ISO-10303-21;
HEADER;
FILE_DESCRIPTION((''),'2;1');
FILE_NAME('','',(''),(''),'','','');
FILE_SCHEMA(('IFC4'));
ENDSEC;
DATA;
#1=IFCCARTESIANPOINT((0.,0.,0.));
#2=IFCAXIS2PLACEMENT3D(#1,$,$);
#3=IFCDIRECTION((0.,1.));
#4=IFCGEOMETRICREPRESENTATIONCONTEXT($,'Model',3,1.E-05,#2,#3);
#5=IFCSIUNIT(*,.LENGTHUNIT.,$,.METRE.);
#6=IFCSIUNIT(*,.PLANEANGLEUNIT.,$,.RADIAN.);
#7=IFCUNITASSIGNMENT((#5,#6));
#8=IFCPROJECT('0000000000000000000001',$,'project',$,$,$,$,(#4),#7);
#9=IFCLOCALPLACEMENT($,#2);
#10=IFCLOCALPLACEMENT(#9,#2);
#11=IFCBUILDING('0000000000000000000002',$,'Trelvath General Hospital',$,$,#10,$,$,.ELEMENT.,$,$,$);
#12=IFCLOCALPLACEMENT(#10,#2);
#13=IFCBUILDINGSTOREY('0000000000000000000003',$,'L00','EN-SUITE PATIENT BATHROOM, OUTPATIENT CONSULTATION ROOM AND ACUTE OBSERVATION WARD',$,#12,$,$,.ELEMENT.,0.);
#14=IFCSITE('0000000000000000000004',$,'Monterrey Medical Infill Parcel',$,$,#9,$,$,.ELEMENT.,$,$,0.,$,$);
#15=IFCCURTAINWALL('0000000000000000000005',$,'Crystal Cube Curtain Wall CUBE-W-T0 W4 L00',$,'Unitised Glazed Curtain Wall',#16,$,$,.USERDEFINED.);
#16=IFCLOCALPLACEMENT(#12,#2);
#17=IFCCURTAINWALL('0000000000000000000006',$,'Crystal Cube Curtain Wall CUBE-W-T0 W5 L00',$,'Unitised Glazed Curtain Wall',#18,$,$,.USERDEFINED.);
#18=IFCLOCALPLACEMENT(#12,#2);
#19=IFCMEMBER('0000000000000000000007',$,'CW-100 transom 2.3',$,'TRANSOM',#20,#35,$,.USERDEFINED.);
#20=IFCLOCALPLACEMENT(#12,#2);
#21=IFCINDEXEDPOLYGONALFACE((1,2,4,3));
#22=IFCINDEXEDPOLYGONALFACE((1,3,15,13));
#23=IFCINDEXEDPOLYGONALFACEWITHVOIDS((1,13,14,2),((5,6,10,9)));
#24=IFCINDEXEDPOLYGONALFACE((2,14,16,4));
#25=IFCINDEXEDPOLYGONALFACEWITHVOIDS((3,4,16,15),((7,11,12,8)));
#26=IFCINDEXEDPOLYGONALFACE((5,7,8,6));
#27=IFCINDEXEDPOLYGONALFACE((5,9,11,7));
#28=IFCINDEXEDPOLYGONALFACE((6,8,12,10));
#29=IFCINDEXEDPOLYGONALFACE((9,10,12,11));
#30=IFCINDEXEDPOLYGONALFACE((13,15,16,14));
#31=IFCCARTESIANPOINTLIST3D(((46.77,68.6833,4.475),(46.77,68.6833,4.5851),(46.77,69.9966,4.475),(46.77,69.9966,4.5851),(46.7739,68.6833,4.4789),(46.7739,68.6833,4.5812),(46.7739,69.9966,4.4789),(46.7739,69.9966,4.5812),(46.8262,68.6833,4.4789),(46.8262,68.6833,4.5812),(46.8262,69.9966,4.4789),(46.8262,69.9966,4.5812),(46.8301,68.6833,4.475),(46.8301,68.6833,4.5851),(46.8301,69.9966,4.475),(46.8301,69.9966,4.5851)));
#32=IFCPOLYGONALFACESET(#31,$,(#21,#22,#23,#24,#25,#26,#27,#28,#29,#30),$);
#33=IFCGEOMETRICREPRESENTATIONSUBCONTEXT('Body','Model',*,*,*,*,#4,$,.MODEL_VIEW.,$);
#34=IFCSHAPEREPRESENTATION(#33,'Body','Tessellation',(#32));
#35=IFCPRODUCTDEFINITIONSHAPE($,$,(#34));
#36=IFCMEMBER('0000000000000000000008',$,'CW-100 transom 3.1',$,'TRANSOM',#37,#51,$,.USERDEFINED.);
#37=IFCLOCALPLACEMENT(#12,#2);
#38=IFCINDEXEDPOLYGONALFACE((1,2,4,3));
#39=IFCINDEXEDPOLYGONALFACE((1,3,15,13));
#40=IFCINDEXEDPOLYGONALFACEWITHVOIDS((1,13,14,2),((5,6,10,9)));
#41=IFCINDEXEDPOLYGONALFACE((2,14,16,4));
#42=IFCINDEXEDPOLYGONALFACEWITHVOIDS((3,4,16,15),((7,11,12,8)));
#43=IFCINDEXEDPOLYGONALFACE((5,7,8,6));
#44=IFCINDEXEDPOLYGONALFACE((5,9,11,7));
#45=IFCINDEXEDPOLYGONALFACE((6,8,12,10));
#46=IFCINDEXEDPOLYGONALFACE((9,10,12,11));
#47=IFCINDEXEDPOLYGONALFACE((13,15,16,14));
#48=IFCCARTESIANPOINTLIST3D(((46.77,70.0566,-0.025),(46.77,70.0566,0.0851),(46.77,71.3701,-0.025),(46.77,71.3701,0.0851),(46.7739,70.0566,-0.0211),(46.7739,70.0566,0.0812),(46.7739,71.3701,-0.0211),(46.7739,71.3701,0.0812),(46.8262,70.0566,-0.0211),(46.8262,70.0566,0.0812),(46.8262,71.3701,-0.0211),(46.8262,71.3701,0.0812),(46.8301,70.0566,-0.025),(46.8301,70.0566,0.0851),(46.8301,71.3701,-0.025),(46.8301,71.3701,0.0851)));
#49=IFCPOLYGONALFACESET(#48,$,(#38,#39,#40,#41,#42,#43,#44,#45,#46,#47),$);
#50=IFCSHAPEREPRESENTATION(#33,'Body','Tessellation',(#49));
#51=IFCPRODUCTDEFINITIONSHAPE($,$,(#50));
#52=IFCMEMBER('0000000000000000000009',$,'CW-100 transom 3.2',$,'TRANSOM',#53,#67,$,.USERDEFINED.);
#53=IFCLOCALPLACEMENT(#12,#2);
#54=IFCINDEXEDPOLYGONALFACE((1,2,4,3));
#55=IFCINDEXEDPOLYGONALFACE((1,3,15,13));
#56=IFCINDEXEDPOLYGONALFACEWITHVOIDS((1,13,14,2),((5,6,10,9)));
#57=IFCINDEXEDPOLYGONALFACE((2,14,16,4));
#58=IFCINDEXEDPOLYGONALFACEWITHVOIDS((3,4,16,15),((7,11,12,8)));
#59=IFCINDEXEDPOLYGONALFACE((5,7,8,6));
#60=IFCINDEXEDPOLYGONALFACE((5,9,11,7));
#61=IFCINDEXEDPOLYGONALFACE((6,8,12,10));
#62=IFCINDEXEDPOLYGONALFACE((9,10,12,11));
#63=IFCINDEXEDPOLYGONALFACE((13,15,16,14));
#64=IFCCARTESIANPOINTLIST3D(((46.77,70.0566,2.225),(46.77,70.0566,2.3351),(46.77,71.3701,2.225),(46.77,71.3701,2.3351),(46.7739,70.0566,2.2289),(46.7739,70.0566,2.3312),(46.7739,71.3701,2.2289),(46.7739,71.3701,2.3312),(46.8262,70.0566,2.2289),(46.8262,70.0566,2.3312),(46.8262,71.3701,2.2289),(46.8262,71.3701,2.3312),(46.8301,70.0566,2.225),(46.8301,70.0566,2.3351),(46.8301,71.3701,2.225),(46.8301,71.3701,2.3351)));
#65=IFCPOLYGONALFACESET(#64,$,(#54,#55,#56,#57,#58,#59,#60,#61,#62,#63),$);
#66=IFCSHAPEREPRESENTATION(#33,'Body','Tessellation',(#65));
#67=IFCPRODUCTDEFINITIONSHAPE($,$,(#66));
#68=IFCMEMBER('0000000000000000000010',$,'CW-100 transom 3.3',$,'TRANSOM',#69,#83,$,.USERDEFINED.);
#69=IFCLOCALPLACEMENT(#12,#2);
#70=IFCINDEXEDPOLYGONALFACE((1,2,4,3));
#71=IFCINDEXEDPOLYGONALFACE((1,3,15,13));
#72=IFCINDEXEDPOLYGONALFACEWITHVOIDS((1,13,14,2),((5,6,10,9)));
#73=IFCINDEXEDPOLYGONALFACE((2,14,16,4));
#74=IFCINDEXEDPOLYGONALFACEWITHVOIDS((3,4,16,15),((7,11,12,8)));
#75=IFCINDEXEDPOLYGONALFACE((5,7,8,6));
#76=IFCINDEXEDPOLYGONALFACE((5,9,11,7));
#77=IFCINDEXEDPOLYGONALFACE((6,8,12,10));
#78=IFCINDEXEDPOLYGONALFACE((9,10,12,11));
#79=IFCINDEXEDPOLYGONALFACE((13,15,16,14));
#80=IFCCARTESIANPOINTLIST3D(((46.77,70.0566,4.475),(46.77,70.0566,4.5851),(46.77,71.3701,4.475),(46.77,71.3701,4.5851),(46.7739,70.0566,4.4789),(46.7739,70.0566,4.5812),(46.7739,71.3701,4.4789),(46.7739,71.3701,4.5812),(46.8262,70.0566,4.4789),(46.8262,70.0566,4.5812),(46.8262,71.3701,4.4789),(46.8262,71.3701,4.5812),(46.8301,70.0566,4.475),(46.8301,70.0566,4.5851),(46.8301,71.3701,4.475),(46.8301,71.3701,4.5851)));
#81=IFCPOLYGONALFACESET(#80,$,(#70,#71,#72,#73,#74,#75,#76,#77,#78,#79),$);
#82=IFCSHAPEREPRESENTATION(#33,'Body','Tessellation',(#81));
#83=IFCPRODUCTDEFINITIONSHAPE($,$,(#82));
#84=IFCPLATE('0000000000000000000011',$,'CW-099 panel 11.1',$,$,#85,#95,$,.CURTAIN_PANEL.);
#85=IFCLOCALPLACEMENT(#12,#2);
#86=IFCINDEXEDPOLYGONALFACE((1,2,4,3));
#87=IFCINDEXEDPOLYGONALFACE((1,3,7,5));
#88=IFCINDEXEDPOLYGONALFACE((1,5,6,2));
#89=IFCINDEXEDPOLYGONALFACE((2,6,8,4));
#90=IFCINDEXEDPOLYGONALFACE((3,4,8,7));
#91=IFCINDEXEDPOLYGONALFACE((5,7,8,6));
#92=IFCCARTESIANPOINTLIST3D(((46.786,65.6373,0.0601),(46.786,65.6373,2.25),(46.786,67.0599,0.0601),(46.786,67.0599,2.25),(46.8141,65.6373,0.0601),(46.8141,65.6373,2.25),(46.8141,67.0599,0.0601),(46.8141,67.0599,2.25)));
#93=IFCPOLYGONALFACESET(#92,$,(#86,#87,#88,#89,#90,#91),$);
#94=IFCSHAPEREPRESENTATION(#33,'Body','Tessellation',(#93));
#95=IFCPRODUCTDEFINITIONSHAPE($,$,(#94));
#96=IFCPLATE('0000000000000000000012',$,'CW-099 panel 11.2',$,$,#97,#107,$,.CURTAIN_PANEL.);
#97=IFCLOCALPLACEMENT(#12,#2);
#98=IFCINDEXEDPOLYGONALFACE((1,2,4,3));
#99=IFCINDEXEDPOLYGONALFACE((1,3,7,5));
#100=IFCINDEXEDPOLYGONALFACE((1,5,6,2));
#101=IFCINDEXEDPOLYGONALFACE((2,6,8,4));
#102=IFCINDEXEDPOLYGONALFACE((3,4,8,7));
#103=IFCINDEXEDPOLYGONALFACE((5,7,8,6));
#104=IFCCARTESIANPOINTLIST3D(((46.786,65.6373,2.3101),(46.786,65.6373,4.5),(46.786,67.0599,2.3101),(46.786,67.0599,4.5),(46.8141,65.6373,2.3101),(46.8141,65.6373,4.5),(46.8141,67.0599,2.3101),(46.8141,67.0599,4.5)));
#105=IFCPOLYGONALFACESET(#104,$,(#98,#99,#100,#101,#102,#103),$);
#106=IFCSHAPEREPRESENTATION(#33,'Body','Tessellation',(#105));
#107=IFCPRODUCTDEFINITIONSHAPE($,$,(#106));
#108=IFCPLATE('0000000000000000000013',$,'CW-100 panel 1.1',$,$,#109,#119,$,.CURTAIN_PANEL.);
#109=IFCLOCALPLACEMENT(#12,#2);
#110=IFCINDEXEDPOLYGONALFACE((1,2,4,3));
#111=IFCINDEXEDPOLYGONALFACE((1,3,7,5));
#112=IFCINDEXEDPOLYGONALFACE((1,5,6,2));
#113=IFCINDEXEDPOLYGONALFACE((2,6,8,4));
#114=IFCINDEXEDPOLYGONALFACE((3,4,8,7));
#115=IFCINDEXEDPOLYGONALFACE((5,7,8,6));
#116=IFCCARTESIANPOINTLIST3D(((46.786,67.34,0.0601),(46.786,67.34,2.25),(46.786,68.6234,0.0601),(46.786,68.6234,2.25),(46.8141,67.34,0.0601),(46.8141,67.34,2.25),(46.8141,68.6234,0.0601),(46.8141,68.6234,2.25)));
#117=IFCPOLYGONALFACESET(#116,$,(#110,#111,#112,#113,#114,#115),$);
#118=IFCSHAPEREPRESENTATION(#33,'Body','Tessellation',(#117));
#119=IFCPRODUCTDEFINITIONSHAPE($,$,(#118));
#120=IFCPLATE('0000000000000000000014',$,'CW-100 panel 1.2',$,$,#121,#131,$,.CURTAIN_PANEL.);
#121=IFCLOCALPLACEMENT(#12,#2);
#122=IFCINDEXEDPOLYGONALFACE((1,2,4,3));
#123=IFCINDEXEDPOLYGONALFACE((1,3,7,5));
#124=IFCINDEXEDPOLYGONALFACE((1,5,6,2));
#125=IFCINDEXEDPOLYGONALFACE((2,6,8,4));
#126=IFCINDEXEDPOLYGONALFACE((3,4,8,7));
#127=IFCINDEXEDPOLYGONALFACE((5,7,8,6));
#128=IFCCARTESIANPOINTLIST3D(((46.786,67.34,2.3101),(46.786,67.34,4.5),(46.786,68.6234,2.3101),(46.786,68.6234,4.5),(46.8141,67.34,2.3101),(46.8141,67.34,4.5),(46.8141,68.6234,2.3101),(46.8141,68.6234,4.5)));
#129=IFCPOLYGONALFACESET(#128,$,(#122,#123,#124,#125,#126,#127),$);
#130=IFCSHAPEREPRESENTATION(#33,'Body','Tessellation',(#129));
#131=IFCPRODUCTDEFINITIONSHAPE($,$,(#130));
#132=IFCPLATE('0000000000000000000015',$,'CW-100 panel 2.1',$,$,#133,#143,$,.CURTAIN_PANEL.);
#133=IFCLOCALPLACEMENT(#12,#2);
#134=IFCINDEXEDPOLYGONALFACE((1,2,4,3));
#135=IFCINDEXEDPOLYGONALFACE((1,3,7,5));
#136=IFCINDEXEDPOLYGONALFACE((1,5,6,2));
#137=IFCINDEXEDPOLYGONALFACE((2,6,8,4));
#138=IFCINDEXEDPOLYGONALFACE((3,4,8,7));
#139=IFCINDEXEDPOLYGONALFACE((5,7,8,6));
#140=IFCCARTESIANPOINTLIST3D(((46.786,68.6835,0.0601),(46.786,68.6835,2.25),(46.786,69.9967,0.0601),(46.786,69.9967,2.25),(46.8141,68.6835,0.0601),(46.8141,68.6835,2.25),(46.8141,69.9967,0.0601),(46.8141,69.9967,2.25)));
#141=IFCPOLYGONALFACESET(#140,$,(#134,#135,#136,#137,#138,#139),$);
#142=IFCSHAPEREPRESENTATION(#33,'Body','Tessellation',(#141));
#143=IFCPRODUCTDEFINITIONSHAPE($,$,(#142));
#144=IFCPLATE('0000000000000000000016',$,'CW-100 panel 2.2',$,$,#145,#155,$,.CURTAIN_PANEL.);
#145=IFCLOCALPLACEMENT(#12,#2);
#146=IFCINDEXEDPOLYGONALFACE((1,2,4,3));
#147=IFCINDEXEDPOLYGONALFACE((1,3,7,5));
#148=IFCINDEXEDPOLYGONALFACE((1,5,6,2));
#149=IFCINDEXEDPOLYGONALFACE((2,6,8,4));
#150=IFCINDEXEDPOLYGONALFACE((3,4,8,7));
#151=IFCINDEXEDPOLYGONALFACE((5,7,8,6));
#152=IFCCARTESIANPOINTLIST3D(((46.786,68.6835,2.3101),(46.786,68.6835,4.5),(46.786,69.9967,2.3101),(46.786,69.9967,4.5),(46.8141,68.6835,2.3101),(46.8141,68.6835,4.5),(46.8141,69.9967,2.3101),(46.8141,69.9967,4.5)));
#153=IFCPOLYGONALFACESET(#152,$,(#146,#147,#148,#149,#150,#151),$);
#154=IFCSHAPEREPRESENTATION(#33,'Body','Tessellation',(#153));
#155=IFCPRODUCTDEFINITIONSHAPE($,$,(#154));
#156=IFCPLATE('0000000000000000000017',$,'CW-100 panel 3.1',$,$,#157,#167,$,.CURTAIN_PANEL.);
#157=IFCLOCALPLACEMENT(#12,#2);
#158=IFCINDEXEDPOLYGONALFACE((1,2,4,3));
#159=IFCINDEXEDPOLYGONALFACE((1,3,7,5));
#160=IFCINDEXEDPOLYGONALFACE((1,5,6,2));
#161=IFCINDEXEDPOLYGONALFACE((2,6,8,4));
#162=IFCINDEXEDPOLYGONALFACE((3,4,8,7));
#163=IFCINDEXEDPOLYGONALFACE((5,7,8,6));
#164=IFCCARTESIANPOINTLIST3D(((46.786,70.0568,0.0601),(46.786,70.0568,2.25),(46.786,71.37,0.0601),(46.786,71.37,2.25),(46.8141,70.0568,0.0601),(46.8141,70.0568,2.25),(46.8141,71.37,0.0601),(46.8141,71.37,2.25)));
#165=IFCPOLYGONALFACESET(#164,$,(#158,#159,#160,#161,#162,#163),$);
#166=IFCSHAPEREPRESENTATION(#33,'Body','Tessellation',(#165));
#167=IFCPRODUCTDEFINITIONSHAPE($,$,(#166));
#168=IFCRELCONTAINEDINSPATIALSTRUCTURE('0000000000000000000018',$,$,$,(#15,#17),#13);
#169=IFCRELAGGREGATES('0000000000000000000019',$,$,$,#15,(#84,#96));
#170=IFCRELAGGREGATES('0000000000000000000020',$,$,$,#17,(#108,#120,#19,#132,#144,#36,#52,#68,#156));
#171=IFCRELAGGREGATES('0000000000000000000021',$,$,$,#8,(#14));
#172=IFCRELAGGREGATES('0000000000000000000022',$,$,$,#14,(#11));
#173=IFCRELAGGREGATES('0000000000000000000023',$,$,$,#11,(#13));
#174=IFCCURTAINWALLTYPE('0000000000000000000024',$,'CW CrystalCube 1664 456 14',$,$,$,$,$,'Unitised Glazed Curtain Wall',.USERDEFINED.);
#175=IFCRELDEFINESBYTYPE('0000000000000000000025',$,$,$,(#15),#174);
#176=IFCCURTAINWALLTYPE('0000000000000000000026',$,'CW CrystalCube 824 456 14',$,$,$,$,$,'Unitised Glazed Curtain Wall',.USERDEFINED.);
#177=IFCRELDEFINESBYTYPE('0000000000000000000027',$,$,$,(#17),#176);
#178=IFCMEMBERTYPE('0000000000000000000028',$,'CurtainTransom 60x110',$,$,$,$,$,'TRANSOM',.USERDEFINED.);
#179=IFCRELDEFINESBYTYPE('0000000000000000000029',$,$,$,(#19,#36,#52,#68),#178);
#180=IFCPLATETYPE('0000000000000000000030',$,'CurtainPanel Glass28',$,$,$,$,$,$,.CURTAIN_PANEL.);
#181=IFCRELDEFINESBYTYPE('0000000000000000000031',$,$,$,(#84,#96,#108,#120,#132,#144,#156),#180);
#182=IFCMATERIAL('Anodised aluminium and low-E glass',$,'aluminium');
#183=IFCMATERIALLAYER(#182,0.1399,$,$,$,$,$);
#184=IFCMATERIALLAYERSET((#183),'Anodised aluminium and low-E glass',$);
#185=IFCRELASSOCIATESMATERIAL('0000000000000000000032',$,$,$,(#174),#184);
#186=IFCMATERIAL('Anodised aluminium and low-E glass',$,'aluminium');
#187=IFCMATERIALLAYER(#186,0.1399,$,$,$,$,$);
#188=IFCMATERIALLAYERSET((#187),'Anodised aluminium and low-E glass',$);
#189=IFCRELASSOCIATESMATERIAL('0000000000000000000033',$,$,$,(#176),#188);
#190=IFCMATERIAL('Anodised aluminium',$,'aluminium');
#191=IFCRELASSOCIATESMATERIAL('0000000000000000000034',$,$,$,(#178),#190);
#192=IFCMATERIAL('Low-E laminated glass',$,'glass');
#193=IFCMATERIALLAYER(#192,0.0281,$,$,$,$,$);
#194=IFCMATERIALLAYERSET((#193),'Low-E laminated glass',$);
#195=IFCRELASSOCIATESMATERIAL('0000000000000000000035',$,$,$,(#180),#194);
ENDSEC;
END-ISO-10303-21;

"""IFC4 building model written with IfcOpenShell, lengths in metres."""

from ifc_helpers import new_model, si_unit, direction, frame, origin, origin_2d, place, context, subcontext, project, spatial, rectangle, hollow_rectangle, extrude, material, layer, layer_set, material_profile, profile_set, type_object, element, aggregate, save


model = new_model("IFC4")

# Units and contexts
model_context = context("Model", 3, precision=1e-05, world=origin(), true_north=direction((0.0, 1.0)))
body_context = subcontext(model_context, "Body", "Model", "MODEL_VIEW")
ifc_project = project(units=[si_unit("LENGTHUNIT", "METRE"), si_unit("PLANEANGLEUNIT", "RADIAN")], contexts=[model_context])

# Site, building, storey
site_placement = place(None, origin())
site = spatial("IfcSite", under=ifc_project, at=site_placement, Name="Monterrey Medical Infill Parcel", CompositionType="ELEMENT", RefElevation=0.0)
building_placement = place(site_placement, origin())
building = spatial("IfcBuilding", under=site, at=building_placement, Name="Trelvath General Hospital", CompositionType="ELEMENT")
storey_placement = place(building_placement, origin())
storey = spatial("IfcBuildingStorey", under=building, at=storey_placement, Name="L00", Description="EN-SUITE PATIENT BATHROOM, OUTPATIENT CONSULTATION ROOM AND ACUTE OBSERVATION WARD", CompositionType="ELEMENT", Elevation=0.0)

# Curtain wall
ifc_material_1 = material(Name="Anodised aluminium and low-E glass", Category="aluminium")
ifc_layer_1 = layer(ifc_material_1, 0.1399)
ifc_layer_set_1 = layer_set([ifc_layer_1], Name="Anodised aluminium and low-E glass")
curtain_wall_type_1 = type_object("IfcCurtainWallType", Name="CW CrystalCube 1664 456 14", ElementType="Unitised Glazed Curtain Wall", PredefinedType="USERDEFINED", material=ifc_layer_set_1)
curtain_wall_1_placement = place(storey_placement, origin())
curtain_wall_1 = element("IfcCurtainWall", 1, at=curtain_wall_1_placement, inside=storey, type_object=curtain_wall_type_1, Name="Crystal Cube Curtain Wall CUBE-W-T0 W4 L00", ObjectType="Unitised Glazed Curtain Wall", PredefinedType="USERDEFINED")

# Curtain wall
ifc_material_2 = material(Name="Anodised aluminium and low-E glass", Category="aluminium")
ifc_layer_2 = layer(ifc_material_2, 0.1399)
ifc_layer_set_2 = layer_set([ifc_layer_2], Name="Anodised aluminium and low-E glass")
curtain_wall_type_2 = type_object("IfcCurtainWallType", Name="CW CrystalCube 824 456 14", ElementType="Unitised Glazed Curtain Wall", PredefinedType="USERDEFINED", material=ifc_layer_set_2)
curtain_wall_2_placement = place(storey_placement, origin())
curtain_wall_2 = element("IfcCurtainWall", 2, at=curtain_wall_2_placement, inside=storey, type_object=curtain_wall_type_2, Name="Crystal Cube Curtain Wall CUBE-W-T0 W5 L00", ObjectType="Unitised Glazed Curtain Wall", PredefinedType="USERDEFINED")

# Members
ifc_material_3 = material(Name="Anodised aluminium", Category="aluminium")
ifc_material_profile_1 = material_profile(ifc_material_3, hollow_rectangle(XDim=0.0601, YDim=0.1101, WallThickness=0.0039, at=origin_2d()), Name="RHS60x110x4")
ifc_profile_set_1 = profile_set([ifc_material_profile_1], Name="Anodised aluminium")
member_type_1 = type_object("IfcMemberType", Name="CurtainTransom 60x110", ElementType="TRANSOM", PredefinedType="USERDEFINED", material=ifc_profile_set_1)
member_1_placement = place(storey_placement, frame((46.8, 68.6833, 4.53), z_axis=(0.0, 1.0, 0.0), x_axis=(-1.0, 0.0, 0.0)))
member_1 = element("IfcMember", 3, at=member_1_placement, type_object=member_type_1, Name="CW-100 transom 2.3", ObjectType="TRANSOM", PredefinedType="USERDEFINED", context=body_context, shape_type="SweptSolid", body=[
    extrude(hollow_rectangle(XDim=0.0601, YDim=0.1101, WallThickness=0.0039, at=origin_2d()), origin(), (0.0, 0.0, 1.0), 1.3132),
])
member_2_placement = place(storey_placement, frame((46.8, 70.0566, 0.03), z_axis=(0.0, 1.0, 0.0), x_axis=(-1.0, 0.0, 0.0)))
member_2 = element("IfcMember", 4, at=member_2_placement, type_object=member_type_1, Name="CW-100 transom 3.1", ObjectType="TRANSOM", PredefinedType="USERDEFINED", context=body_context, shape_type="SweptSolid", body=[
    extrude(hollow_rectangle(XDim=0.0601, YDim=0.1101, WallThickness=0.0039, at=origin_2d()), origin(), (0.0, 0.0, 1.0), 1.3135),
])
member_3_placement = place(storey_placement, frame((46.8, 70.0566, 2.28), z_axis=(0.0, 1.0, 0.0), x_axis=(-1.0, 0.0, 0.0)))
member_3 = element("IfcMember", 5, at=member_3_placement, type_object=member_type_1, Name="CW-100 transom 3.2", ObjectType="TRANSOM", PredefinedType="USERDEFINED", context=body_context, shape_type="SweptSolid", body=[
    extrude(hollow_rectangle(XDim=0.0601, YDim=0.1101, WallThickness=0.0039, at=origin_2d()), origin(), (0.0, 0.0, 1.0), 1.3135),
])
member_4_placement = place(storey_placement, frame((46.8, 70.0566, 4.53), z_axis=(0.0, 1.0, 0.0), x_axis=(-1.0, 0.0, 0.0)))
member_4 = element("IfcMember", 6, at=member_4_placement, type_object=member_type_1, Name="CW-100 transom 3.3", ObjectType="TRANSOM", PredefinedType="USERDEFINED", context=body_context, shape_type="SweptSolid", body=[
    extrude(hollow_rectangle(XDim=0.0601, YDim=0.1101, WallThickness=0.0039, at=origin_2d()), origin(), (0.0, 0.0, 1.0), 1.3135),
])

# Plates
ifc_material_4 = material(Name="Low-E laminated glass", Category="glass")
ifc_layer_3 = layer(ifc_material_4, 0.0281)
ifc_layer_set_3 = layer_set([ifc_layer_3], Name="Low-E laminated glass")
plate_type = type_object("IfcPlateType", Name="CurtainPanel Glass28", PredefinedType="CURTAIN_PANEL", material=ifc_layer_set_3)
plate_1_placement = place(storey_placement, frame((46.8, 66.3486, 0.0601), z_axis=(0.0, 0.0, 1.0), x_axis=(0.0, 1.0, 0.0)))
plate_1 = element("IfcPlate", 7, at=plate_1_placement, type_object=plate_type, Name="CW-099 panel 11.1", PredefinedType="CURTAIN_PANEL", context=body_context, shape_type="SweptSolid", body=[
    extrude(rectangle(XDim=1.4226, YDim=0.0281, at=origin_2d()), origin(), (0.0, 0.0, 1.0), 2.1899),
])
plate_2_placement = place(storey_placement, frame((46.8, 66.3486, 2.3101), z_axis=(0.0, 0.0, 1.0), x_axis=(0.0, 1.0, 0.0)))
plate_2 = element("IfcPlate", 8, at=plate_2_placement, type_object=plate_type, Name="CW-099 panel 11.2", PredefinedType="CURTAIN_PANEL", context=body_context, shape_type="SweptSolid", body=[
    extrude(rectangle(XDim=1.4226, YDim=0.0281, at=origin_2d()), origin(), (0.0, 0.0, 1.0), 2.1899),
])
aggregate(curtain_wall_1, [plate_1, plate_2])
plate_3_placement = place(storey_placement, frame((46.8, 67.9817, 0.0601), z_axis=(0.0, 0.0, 1.0), x_axis=(0.0, 1.0, 0.0)))
plate_3 = element("IfcPlate", 9, at=plate_3_placement, type_object=plate_type, Name="CW-100 panel 1.1", PredefinedType="CURTAIN_PANEL", context=body_context, shape_type="SweptSolid", body=[
    extrude(rectangle(XDim=1.2834, YDim=0.0281, at=origin_2d()), origin(), (0.0, 0.0, 1.0), 2.1899),
])
plate_4_placement = place(storey_placement, frame((46.8, 67.9817, 2.3101), z_axis=(0.0, 0.0, 1.0), x_axis=(0.0, 1.0, 0.0)))
plate_4 = element("IfcPlate", 10, at=plate_4_placement, type_object=plate_type, Name="CW-100 panel 1.2", PredefinedType="CURTAIN_PANEL", context=body_context, shape_type="SweptSolid", body=[
    extrude(rectangle(XDim=1.2834, YDim=0.0281, at=origin_2d()), origin(), (0.0, 0.0, 1.0), 2.1899),
])
plate_5_placement = place(storey_placement, frame((46.8, 69.3401, 0.0601), z_axis=(0.0, 0.0, 1.0), x_axis=(0.0, 1.0, 0.0)))
plate_5 = element("IfcPlate", 11, at=plate_5_placement, type_object=plate_type, Name="CW-100 panel 2.1", PredefinedType="CURTAIN_PANEL", context=body_context, shape_type="SweptSolid", body=[
    extrude(rectangle(XDim=1.3132, YDim=0.0281, at=origin_2d()), origin(), (0.0, 0.0, 1.0), 2.1899),
])
plate_6_placement = place(storey_placement, frame((46.8, 69.3401, 2.3101), z_axis=(0.0, 0.0, 1.0), x_axis=(0.0, 1.0, 0.0)))
plate_6 = element("IfcPlate", 12, at=plate_6_placement, type_object=plate_type, Name="CW-100 panel 2.2", PredefinedType="CURTAIN_PANEL", context=body_context, shape_type="SweptSolid", body=[
    extrude(rectangle(XDim=1.3132, YDim=0.0281, at=origin_2d()), origin(), (0.0, 0.0, 1.0), 2.1899),
])
plate_7_placement = place(storey_placement, frame((46.8, 70.7134, 0.0601), z_axis=(0.0, 0.0, 1.0), x_axis=(0.0, 1.0, 0.0)))
plate_7 = element("IfcPlate", 13, at=plate_7_placement, type_object=plate_type, Name="CW-100 panel 3.1", PredefinedType="CURTAIN_PANEL", context=body_context, shape_type="SweptSolid", body=[
    extrude(rectangle(XDim=1.3132, YDim=0.0281, at=origin_2d()), origin(), (0.0, 0.0, 1.0), 2.1899),
])
aggregate(curtain_wall_2, [plate_3, plate_4, member_1, plate_5, plate_6, member_2, member_3, member_4, plate_7])

save(model, "model.ifc")
